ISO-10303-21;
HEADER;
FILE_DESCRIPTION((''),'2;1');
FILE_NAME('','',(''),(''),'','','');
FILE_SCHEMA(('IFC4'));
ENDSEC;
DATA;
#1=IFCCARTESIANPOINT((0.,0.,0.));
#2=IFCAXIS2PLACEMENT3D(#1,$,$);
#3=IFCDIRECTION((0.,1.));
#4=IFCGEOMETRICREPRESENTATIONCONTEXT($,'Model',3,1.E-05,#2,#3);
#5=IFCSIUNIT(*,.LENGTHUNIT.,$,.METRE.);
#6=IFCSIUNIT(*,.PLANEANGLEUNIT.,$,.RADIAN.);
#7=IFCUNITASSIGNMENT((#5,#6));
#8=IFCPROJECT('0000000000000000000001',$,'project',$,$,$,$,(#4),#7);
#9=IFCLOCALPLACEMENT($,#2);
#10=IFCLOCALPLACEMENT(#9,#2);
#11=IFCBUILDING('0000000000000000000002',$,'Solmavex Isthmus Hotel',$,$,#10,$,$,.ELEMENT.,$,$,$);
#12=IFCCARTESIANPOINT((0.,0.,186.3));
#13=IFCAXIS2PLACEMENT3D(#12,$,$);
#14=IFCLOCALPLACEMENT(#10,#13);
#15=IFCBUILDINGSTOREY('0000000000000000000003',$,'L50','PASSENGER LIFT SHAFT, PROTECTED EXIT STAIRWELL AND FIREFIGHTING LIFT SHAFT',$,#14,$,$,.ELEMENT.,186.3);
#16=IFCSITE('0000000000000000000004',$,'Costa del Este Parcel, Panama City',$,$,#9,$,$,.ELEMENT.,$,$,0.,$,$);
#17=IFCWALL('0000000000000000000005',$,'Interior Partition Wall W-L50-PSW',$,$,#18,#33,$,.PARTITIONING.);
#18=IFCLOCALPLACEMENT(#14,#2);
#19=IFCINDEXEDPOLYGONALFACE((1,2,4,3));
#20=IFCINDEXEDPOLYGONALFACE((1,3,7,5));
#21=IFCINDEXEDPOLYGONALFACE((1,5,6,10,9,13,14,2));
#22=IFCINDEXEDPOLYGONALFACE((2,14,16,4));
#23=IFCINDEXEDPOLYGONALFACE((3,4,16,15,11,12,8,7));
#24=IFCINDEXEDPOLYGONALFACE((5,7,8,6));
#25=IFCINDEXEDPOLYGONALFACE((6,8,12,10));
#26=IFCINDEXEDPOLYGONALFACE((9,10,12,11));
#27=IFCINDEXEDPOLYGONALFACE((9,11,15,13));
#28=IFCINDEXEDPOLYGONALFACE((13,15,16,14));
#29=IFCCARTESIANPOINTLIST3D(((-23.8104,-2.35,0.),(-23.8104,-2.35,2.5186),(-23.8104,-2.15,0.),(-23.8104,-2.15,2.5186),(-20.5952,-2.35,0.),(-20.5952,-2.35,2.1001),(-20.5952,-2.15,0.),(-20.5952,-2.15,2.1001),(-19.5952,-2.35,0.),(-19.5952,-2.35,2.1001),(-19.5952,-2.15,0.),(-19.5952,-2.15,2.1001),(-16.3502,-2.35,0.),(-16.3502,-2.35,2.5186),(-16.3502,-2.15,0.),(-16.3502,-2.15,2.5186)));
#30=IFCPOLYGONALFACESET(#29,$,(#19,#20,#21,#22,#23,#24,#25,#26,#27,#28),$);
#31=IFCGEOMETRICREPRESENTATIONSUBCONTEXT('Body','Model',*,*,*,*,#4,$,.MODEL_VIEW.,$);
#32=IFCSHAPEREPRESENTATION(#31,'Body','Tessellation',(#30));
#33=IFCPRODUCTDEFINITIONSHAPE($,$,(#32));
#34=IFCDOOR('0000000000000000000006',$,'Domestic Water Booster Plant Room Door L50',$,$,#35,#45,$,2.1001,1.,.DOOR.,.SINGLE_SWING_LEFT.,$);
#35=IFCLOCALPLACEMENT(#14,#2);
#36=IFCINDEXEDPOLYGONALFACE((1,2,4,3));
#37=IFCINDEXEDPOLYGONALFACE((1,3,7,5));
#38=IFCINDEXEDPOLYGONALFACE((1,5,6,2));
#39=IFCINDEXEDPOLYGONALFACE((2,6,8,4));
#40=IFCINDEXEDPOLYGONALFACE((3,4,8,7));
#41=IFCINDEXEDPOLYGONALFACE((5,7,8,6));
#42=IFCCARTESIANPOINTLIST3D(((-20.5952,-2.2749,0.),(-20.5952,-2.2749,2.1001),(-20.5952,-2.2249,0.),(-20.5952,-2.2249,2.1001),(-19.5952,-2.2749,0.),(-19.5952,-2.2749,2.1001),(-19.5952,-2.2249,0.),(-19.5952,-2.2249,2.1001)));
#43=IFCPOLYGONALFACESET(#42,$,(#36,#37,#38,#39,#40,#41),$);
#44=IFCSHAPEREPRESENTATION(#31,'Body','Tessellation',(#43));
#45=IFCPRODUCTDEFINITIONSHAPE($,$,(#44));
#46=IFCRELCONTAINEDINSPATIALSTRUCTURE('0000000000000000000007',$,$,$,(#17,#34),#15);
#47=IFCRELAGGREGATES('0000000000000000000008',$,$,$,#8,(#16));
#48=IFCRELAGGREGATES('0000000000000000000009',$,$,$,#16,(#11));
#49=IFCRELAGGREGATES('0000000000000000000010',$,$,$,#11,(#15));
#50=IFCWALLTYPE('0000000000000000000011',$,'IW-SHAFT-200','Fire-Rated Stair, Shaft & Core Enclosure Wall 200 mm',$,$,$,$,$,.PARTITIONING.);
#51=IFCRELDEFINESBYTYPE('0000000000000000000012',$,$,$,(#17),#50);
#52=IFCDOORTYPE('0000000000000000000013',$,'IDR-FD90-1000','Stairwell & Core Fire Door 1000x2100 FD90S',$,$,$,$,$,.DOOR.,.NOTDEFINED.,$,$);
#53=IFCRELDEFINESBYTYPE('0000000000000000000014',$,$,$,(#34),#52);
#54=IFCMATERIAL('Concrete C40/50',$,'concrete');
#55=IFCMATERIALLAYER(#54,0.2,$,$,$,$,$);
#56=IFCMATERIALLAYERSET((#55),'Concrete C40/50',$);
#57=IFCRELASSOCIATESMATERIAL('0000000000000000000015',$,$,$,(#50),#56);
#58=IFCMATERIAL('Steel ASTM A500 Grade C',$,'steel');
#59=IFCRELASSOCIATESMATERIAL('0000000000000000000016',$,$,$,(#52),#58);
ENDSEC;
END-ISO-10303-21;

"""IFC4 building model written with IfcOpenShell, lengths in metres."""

from ifc_helpers import new_model, si_unit, direction, frame, frame_2d, origin, place, context, subcontext, project, spatial, rectangle, extrude, material, layer, layer_set, type_object, element, fill, save


model = new_model("IFC4")

# Units and contexts
model_context = context("Model", 3, precision=1e-05, world=origin(), true_north=direction((0.0, 1.0)))
body_context = subcontext(model_context, "Body", "Model", "MODEL_VIEW")
ifc_project = project(units=[si_unit("LENGTHUNIT", "METRE"), si_unit("PLANEANGLEUNIT", "RADIAN")], contexts=[model_context])

# Site, building, storey
site_placement = place(None, origin())
site = spatial("IfcSite", under=ifc_project, at=site_placement, Name="Costa del Este Parcel, Panama City", CompositionType="ELEMENT", RefElevation=0.0)
building_placement = place(site_placement, origin())
building = spatial("IfcBuilding", under=site, at=building_placement, Name="Solmavex Isthmus Hotel", CompositionType="ELEMENT")
storey_placement = place(building_placement, frame((0.0, 0.0, 186.3)))
storey = spatial("IfcBuildingStorey", under=building, at=storey_placement, Name="L50", Description="PASSENGER LIFT SHAFT, PROTECTED EXIT STAIRWELL AND FIREFIGHTING LIFT SHAFT", CompositionType="ELEMENT", Elevation=186.3)

# Shared definitions
ifc_material_1 = material(Name="Concrete C40/50", Category="concrete")
ifc_layer_1 = layer(ifc_material_1, 0.2)
ifc_layer_set_1 = layer_set([ifc_layer_1], Name="Concrete C40/50")
wall_type_1 = type_object("IfcWallType", Name="IW-SHAFT-200", Description="Fire-Rated Stair, Shaft & Core Enclosure Wall 200 mm", PredefinedType="PARTITIONING", material=ifc_layer_set_1)
ifc_material_2 = material(Name="Steel ASTM A500 Grade C", Category="steel")
door_type = type_object("IfcDoorType", Name="IDR-FD90-1000", Description="Stairwell & Core Fire Door 1000x2100 FD90S", OperationType="NOTDEFINED", PredefinedType="DOOR", material=ifc_material_2)

# Wall, opening, door
wall_1_placement = place(storey_placement, frame((-23.8103, -2.25, 0.0), z_axis=(0.0, 0.0, 1.0), x_axis=(1.0, 0.0, 0.0)))
wall_1 = element("IfcWall", 1, at=wall_1_placement, inside=storey, type_object=wall_type_1, Name="Interior Partition Wall W-L50-PSW", PredefinedType="PARTITIONING", context=body_context, shape_type="SweptSolid", body=[
    extrude(rectangle(XDim=7.4602, YDim=0.2, at=frame_2d((3.73, 0.0))), origin(), (0.0, 0.0, 1.0), 2.5186),
])
opening_1_placement = place(wall_1_placement, frame((3.2151, 0.0, 0.0)))
opening_1 = element("IfcOpeningElement", 2, at=opening_1_placement, cuts=wall_1, PredefinedType="OPENING", context=body_context, shape_type="SweptSolid", body=[
    extrude(rectangle(XDim=1.0, YDim=2.1001, at=frame_2d((0.5, 1.05))), frame((0.0, 0.1099, 0.0), z_axis=(0.0, -1.0, 0.0), x_axis=(1.0, 0.0, 0.0)), (0.0, 0.0, 1.0), 0.22),
])
door_1_placement = place(opening_1_placement, frame((1.0, 0.0, 0.0), z_axis=(0.0, 0.0, 1.0), x_axis=(-1.0, 0.0, 0.0)))
door_1 = element("IfcDoor", 3, at=door_1_placement, inside=storey, type_object=door_type, Name="Domestic Water Booster Plant Room Door L50", OperationType="SINGLE_SWING_LEFT", OverallHeight=2.1001, OverallWidth=1.0, PredefinedType="DOOR", context=body_context, shape_type="SweptSolid", body=[
    extrude(rectangle(XDim=1.0, YDim=2.1001, at=frame_2d((0.5, 1.05))), frame((0.0, 0.0249, 0.0), z_axis=(0.0, -1.0, 0.0), x_axis=(1.0, 0.0, 0.0)), (0.0, 0.0, 1.0), 0.05),
])
fill(opening_1, door_1)

save(model, "model.ifc")
